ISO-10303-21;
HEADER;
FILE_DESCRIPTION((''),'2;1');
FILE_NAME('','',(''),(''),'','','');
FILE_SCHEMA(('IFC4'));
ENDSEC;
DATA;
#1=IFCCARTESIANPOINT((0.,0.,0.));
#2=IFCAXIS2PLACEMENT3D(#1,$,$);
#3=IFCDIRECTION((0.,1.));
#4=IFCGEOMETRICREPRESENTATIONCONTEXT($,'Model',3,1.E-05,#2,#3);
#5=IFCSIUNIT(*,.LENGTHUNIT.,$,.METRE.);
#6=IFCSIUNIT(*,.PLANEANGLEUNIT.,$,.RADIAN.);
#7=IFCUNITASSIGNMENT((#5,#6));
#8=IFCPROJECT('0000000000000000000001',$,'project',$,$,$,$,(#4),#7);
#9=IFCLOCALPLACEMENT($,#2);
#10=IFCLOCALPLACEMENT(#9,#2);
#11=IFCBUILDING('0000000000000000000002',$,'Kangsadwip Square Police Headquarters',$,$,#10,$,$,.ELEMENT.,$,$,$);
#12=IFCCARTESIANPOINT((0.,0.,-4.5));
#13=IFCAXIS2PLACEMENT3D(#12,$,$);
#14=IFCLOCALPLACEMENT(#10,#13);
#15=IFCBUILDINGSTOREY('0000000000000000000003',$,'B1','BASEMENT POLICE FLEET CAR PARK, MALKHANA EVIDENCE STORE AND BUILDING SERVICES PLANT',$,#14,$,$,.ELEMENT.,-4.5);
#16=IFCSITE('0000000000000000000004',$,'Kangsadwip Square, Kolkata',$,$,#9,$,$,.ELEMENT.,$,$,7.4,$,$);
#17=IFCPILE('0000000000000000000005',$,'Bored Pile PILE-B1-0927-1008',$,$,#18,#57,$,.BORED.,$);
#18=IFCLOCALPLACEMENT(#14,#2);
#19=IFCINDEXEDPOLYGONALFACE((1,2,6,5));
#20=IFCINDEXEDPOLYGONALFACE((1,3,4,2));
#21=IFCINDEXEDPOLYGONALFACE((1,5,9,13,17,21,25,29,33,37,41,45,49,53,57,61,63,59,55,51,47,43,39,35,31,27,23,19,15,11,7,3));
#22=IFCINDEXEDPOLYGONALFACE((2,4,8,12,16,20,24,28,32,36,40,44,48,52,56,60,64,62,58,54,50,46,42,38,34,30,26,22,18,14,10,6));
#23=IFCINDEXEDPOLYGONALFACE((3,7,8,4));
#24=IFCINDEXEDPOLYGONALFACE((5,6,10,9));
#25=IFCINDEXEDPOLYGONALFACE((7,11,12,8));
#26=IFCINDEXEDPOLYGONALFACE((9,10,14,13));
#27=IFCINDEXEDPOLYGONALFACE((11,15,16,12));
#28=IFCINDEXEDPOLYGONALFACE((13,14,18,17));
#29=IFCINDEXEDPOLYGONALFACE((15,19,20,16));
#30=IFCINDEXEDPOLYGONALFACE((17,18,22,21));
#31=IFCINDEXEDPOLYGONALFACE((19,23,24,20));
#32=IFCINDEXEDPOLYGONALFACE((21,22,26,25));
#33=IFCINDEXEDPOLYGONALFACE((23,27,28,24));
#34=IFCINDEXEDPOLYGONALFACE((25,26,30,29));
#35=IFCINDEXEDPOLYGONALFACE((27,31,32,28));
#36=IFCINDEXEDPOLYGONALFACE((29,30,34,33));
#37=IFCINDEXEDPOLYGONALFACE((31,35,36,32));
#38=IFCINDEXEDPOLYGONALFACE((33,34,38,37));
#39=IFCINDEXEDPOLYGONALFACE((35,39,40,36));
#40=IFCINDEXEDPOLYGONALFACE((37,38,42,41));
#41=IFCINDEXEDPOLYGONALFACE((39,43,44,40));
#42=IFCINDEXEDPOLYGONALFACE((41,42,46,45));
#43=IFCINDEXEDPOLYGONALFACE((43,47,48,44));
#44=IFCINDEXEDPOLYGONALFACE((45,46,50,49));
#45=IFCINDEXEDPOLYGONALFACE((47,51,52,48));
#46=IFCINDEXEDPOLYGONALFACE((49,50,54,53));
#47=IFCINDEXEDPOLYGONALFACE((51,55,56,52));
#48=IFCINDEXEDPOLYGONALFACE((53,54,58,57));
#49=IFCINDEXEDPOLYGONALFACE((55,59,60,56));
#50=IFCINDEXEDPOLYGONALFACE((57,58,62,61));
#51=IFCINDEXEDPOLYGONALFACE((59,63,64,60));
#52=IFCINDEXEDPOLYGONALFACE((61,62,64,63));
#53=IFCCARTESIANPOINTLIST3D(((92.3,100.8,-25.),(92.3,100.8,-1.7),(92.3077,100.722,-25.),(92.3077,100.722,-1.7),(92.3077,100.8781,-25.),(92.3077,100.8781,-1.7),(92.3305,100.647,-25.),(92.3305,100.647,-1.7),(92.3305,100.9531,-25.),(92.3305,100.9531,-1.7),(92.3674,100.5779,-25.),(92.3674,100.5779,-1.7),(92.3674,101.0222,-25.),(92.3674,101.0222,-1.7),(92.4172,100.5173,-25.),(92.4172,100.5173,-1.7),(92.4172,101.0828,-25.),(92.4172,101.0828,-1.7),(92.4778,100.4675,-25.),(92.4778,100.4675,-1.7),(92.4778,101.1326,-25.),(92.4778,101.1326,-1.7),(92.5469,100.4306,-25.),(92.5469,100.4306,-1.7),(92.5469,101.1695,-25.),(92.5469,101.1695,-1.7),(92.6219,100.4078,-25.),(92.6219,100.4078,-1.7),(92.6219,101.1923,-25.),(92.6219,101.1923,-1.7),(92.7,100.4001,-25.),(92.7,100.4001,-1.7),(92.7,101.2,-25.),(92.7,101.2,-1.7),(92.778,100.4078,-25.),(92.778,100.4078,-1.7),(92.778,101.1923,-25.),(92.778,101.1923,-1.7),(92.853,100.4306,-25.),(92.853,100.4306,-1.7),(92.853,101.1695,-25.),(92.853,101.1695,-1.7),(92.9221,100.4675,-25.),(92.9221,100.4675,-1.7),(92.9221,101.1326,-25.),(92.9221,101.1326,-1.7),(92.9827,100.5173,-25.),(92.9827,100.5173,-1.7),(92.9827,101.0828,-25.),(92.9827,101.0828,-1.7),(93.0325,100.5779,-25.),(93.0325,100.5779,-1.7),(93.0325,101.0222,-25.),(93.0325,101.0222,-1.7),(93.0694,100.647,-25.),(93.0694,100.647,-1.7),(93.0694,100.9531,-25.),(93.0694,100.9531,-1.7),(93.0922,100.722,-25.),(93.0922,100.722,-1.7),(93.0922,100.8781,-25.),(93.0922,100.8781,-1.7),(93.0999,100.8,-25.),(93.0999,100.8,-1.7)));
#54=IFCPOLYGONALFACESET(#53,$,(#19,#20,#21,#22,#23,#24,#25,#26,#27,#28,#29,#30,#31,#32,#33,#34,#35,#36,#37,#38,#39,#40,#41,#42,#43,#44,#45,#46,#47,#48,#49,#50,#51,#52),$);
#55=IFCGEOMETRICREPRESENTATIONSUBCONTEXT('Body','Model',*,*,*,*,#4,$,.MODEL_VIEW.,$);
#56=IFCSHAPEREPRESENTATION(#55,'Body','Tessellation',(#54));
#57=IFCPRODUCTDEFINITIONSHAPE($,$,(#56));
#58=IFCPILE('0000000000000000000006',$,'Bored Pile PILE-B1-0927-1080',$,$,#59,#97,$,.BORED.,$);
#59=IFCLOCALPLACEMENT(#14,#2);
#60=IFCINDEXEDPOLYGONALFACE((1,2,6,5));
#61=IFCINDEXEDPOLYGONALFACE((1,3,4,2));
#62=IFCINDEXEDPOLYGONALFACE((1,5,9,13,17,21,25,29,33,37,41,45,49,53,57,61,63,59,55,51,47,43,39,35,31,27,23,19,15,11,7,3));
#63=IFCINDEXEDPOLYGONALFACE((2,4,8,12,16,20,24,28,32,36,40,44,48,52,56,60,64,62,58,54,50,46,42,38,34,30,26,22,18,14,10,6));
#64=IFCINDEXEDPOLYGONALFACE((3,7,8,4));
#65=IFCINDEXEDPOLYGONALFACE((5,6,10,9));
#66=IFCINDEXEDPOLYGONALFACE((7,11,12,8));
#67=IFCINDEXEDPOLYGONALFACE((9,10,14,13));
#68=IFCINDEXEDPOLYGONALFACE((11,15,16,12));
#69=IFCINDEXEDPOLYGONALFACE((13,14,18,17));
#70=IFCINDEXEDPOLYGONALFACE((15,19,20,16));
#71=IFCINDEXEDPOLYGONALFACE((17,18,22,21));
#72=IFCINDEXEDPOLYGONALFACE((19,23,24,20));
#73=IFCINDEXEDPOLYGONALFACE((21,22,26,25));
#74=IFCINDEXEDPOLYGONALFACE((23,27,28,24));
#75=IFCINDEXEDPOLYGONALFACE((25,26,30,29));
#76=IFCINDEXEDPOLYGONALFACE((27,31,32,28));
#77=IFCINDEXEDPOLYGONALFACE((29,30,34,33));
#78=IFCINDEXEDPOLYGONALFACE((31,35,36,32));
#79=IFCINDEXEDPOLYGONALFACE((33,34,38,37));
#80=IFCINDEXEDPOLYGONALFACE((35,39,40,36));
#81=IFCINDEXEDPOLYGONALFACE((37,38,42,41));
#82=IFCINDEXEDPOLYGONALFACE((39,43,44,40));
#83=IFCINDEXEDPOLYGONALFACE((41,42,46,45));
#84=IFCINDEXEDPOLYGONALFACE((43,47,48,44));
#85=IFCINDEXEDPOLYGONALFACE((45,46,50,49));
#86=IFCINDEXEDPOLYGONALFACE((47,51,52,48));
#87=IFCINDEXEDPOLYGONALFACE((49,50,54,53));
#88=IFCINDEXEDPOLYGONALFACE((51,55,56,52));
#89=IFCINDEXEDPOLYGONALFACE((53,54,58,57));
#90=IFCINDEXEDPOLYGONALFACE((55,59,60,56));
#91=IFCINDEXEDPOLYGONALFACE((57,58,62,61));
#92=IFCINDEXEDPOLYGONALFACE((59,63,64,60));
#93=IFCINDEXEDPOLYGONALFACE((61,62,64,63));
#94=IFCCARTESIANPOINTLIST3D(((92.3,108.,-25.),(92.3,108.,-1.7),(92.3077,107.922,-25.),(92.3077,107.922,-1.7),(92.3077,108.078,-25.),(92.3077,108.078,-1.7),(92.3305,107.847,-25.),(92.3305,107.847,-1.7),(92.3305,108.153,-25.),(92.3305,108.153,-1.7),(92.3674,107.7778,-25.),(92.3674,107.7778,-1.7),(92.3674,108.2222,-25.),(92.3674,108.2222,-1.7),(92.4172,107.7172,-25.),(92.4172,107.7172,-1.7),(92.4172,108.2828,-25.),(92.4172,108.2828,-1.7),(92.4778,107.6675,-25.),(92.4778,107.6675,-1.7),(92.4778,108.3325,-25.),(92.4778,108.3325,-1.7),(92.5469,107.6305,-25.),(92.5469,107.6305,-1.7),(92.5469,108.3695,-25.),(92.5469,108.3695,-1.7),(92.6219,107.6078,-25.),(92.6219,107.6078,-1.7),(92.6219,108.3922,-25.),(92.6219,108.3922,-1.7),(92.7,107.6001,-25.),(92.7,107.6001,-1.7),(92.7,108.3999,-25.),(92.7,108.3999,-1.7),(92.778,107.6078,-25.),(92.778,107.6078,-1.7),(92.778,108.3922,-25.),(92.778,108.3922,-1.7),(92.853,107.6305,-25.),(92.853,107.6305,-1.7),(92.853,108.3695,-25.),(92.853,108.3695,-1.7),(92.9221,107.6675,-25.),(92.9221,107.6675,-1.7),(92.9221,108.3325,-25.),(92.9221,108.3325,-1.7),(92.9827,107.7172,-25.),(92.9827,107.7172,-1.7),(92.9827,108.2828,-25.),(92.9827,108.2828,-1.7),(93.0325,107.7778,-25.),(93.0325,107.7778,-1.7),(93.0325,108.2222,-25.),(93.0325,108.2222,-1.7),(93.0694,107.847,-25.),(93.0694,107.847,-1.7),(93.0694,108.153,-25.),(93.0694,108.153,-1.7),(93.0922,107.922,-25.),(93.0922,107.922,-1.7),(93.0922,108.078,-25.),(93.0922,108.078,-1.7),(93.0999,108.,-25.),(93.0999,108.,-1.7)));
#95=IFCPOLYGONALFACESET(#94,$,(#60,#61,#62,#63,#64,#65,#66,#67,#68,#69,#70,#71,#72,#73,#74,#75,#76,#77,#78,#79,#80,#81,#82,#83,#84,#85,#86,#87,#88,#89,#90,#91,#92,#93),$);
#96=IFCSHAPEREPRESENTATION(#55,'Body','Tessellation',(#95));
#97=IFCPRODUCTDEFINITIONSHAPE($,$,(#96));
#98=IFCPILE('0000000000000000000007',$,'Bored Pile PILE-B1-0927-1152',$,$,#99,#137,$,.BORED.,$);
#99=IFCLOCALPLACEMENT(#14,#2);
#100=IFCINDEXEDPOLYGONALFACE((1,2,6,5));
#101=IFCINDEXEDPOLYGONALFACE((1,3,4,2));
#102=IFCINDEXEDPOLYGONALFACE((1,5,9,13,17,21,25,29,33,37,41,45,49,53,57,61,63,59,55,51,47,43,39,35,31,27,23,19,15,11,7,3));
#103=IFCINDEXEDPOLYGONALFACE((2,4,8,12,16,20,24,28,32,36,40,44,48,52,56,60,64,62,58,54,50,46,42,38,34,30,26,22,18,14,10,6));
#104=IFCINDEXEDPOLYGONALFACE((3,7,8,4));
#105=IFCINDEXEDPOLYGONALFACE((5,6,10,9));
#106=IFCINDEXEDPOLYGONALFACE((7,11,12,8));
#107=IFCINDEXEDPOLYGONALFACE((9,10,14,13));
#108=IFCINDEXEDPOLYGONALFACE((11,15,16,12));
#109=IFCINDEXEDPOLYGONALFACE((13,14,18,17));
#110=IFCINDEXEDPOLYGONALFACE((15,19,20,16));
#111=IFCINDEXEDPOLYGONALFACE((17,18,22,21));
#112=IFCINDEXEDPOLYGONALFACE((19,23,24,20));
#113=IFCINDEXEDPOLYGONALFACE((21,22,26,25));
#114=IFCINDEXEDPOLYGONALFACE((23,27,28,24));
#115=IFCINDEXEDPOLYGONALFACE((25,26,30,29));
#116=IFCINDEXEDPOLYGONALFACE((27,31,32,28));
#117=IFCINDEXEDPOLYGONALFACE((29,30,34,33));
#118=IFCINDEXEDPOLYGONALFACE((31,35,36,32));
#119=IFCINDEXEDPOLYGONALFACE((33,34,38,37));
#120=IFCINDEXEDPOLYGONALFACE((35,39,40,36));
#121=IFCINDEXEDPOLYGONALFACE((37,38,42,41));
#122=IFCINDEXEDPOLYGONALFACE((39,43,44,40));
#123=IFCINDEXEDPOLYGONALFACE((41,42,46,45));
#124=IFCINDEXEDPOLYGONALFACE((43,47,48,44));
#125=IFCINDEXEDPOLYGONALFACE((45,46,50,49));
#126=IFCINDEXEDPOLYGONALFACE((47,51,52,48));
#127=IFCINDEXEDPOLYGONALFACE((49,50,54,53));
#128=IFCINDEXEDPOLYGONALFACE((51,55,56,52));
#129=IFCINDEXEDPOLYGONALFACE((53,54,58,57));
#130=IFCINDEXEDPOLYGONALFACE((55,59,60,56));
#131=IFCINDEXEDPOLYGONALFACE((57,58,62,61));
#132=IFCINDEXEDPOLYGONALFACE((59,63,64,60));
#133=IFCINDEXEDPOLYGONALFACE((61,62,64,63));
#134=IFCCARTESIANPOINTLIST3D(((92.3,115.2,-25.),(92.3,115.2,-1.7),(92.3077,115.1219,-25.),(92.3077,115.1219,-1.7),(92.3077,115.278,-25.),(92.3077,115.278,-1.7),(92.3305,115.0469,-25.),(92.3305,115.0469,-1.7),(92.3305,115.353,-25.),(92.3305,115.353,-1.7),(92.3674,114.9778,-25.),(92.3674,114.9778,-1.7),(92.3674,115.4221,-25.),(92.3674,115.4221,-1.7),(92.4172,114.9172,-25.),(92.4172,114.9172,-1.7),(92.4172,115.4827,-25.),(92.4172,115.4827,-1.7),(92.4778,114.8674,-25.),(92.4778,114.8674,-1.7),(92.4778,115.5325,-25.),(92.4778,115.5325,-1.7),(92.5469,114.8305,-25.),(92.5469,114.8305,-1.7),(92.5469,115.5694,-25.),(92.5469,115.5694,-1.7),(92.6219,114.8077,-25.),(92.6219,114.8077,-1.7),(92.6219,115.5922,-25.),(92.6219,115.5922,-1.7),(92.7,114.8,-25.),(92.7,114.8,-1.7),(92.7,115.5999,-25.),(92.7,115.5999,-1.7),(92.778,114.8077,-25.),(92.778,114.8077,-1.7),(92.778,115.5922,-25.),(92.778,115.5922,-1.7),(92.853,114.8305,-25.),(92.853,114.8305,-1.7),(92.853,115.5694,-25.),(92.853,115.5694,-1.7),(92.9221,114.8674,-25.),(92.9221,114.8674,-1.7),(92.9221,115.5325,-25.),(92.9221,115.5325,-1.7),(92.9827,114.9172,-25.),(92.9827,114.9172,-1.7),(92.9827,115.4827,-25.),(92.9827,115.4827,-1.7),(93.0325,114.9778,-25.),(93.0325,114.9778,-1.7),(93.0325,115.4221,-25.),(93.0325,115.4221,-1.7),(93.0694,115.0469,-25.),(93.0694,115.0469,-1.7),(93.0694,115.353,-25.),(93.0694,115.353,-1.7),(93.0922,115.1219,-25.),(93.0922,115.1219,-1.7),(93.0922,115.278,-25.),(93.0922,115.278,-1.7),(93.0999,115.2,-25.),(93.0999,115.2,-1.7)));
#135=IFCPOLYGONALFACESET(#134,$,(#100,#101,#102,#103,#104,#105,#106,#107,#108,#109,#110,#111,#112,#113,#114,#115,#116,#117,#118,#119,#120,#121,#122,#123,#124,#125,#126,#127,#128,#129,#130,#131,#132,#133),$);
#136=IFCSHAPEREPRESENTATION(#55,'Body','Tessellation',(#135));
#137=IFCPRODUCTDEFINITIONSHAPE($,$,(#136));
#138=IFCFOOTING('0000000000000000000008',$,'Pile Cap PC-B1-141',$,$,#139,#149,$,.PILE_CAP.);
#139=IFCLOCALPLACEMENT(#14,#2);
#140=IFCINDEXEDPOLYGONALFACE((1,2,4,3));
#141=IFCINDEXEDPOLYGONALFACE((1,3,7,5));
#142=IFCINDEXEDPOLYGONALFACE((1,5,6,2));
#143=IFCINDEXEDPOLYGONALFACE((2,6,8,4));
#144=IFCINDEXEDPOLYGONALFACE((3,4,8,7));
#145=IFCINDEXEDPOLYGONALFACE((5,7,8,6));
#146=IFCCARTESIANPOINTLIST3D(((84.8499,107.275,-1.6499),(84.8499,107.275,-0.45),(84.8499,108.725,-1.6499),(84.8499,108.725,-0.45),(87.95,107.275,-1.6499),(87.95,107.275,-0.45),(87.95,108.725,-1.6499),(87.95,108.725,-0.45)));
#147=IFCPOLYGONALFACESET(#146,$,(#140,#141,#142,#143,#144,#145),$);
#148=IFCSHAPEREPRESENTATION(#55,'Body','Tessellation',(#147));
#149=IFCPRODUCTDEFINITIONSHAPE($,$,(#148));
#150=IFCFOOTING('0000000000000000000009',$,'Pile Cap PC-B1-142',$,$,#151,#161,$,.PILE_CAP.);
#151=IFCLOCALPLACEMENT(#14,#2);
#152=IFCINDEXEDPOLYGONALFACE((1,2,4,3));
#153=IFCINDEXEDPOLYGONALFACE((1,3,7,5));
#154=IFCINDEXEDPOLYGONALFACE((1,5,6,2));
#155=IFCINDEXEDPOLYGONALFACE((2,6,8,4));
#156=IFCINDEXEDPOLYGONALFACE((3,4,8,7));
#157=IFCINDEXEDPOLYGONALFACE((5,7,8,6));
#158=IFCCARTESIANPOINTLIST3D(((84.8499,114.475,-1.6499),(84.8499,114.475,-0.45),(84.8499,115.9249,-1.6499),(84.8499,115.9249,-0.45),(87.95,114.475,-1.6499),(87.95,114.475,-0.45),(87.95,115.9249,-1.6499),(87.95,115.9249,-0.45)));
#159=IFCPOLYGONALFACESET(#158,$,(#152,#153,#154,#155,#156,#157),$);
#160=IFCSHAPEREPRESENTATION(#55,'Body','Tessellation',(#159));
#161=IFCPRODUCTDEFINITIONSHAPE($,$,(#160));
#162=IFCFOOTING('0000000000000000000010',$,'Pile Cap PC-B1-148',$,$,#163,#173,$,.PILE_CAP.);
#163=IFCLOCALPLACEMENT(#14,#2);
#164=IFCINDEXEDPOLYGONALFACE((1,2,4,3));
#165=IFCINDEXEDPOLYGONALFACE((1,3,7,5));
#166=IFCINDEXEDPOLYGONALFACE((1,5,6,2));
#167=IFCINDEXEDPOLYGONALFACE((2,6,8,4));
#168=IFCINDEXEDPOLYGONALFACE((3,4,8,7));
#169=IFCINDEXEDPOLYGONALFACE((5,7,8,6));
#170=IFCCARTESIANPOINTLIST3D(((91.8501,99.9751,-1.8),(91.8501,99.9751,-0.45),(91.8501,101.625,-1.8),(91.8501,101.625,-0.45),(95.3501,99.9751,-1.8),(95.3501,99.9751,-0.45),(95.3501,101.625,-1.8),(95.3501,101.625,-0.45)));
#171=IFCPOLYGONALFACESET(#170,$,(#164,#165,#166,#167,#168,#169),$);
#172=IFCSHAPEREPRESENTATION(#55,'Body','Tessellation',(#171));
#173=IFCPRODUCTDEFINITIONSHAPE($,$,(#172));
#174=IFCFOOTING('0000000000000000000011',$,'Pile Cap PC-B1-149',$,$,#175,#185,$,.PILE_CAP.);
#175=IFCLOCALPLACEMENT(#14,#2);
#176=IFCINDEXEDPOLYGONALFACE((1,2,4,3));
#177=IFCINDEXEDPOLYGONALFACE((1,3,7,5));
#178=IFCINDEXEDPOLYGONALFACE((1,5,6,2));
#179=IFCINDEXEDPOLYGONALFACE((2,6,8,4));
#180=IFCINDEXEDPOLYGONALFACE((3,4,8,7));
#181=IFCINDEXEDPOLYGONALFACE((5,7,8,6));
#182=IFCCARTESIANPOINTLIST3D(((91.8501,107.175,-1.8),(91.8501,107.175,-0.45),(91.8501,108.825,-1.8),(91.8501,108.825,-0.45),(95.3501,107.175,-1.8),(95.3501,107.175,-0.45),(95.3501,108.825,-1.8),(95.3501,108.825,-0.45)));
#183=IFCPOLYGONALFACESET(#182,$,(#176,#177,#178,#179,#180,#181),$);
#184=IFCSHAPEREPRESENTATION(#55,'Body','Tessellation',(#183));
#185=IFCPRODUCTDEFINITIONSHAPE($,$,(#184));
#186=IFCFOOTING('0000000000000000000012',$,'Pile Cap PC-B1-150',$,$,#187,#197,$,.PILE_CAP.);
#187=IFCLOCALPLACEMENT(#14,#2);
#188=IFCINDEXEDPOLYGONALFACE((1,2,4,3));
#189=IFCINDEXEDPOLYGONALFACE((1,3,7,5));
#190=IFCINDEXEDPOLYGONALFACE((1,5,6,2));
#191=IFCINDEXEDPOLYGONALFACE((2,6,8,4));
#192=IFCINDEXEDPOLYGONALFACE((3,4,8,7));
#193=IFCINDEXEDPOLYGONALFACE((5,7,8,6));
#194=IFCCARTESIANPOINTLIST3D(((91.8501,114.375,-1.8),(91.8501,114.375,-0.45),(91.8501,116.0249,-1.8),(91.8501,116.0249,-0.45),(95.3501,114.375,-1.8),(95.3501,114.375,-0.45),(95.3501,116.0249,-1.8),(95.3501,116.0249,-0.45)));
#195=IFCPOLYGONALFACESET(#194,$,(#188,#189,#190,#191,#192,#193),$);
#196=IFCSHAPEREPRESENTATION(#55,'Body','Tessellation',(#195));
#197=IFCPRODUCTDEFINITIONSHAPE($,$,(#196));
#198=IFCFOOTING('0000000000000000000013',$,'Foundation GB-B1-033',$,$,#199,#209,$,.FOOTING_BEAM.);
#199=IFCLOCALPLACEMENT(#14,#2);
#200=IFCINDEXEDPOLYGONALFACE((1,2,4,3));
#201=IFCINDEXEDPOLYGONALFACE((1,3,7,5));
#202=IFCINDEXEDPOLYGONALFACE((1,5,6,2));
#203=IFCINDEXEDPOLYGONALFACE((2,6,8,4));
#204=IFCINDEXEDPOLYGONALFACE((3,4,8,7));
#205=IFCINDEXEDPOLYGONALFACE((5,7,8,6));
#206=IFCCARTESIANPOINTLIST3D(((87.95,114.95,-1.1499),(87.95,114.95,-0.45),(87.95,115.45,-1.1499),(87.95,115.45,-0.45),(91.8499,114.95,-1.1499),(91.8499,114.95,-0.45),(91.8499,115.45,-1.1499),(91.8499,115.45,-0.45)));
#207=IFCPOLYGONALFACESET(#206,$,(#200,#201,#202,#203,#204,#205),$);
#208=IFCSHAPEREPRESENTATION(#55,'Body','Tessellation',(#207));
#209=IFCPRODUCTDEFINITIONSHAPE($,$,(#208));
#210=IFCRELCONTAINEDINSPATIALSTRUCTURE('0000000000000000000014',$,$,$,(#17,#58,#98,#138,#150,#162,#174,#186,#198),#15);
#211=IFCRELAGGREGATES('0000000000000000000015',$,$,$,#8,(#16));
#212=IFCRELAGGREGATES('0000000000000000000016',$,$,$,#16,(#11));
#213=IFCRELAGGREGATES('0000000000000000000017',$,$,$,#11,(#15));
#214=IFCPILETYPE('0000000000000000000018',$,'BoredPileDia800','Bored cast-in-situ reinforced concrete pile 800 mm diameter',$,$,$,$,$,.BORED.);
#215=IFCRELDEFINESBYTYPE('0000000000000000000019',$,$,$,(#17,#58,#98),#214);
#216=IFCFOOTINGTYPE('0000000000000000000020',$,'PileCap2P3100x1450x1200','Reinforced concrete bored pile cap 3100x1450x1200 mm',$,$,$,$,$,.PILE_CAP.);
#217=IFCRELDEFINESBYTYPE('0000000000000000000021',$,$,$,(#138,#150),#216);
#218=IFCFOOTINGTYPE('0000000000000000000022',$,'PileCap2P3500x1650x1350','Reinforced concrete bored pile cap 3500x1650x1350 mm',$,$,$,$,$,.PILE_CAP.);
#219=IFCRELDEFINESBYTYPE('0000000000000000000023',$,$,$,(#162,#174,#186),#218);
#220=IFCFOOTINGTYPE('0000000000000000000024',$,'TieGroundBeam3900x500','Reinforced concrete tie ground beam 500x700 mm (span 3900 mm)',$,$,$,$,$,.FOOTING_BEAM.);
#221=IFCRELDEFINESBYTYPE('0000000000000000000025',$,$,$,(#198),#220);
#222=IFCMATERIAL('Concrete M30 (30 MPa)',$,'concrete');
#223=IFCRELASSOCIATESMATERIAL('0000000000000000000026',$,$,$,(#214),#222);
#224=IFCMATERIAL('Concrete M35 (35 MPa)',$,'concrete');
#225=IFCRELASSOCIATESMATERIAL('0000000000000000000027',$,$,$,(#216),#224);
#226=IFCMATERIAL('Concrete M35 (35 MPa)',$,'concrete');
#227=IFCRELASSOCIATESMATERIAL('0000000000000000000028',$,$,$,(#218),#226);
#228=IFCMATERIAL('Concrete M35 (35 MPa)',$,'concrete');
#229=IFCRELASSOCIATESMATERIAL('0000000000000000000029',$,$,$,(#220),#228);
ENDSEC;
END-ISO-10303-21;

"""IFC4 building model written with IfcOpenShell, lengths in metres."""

from ifc_helpers import new_model, si_unit, direction, frame, origin, origin_2d, place, context, subcontext, project, spatial, rectangle, circle, extrude, material, material_profile, profile_set, type_object, element, save


model = new_model("IFC4")

# Units and contexts
model_context = context("Model", 3, precision=1e-05, world=origin(), true_north=direction((0.0, 1.0)))
body_context = subcontext(model_context, "Body", "Model", "MODEL_VIEW")
ifc_project = project(units=[si_unit("LENGTHUNIT", "METRE"), si_unit("PLANEANGLEUNIT", "RADIAN")], contexts=[model_context])

# Site, building, storey
site_placement = place(None, origin())
site = spatial("IfcSite", under=ifc_project, at=site_placement, Name="Kangsadwip Square, Kolkata", CompositionType="ELEMENT", RefElevation=7.4)
building_placement = place(site_placement, origin())
building = spatial("IfcBuilding", under=site, at=building_placement, Name="Kangsadwip Square Police Headquarters", CompositionType="ELEMENT")
storey_placement = place(building_placement, frame((0.0, 0.0, -4.5)))
storey = spatial("IfcBuildingStorey", under=building, at=storey_placement, Name="B1", Description="BASEMENT POLICE FLEET CAR PARK, MALKHANA EVIDENCE STORE AND BUILDING SERVICES PLANT", CompositionType="ELEMENT", Elevation=-4.5)

# Piles
ifc_material_1 = material(Name="Concrete M30 (30 MPa)", Category="concrete")
ifc_material_profile_1 = material_profile(ifc_material_1, circle(Radius=0.3999, at=origin_2d()), Name="PILE DIA 800")
ifc_profile_set_1 = profile_set([ifc_material_profile_1], Name="Concrete M30 (30 MPa)")
pile_type_1 = type_object("IfcPileType", Name="BoredPileDia800", Description="Bored cast-in-situ reinforced concrete pile 800 mm diameter", PredefinedType="BORED", material=ifc_profile_set_1)
for number, where, z_axis, x_axis, name in (
    (1, (92.7, 100.8, -1.7), (0.0, 0.0, -1.0), (1.0, 0.0, 0.0), "Bored Pile PILE-B1-0927-1008"),
    (2, (92.7, 108.0, -1.7), (0.0, 0.0, -1.0), (1.0, 0.0, 0.0), "Bored Pile PILE-B1-0927-1080"),
    (3, (92.7, 115.2, -1.7), (0.0, 0.0, -1.0), (1.0, 0.0, 0.0), "Bored Pile PILE-B1-0927-1152"),
):
    element("IfcPile", number, at=place(storey_placement, frame(where, z_axis=z_axis, x_axis=x_axis)), inside=storey, type_object=pile_type_1, Name=name, PredefinedType="BORED", context=body_context, shape_type="SweptSolid", body=[
        extrude(circle(Radius=0.3999, at=origin_2d()), origin(), (0.0, 0.0, 1.0), 23.3),
    ])

# Footings
ifc_material_2 = material(Name="Concrete M35 (35 MPa)", Category="concrete")
footing_type_1 = type_object("IfcFootingType", Name="PileCap2P3100x1450x1200", Description="Reinforced concrete bored pile cap 3100x1450x1200 mm", PredefinedType="PILE_CAP", material=ifc_material_2)
for number, where, z_axis, x_axis, name in (
    (4, (86.3999, 108.0, -1.6499), (0.0, 0.0, 1.0), (1.0, 0.0, 0.0), "Pile Cap PC-B1-141"),
    (5, (86.3999, 115.2, -1.6499), (0.0, 0.0, 1.0), (1.0, 0.0, 0.0), "Pile Cap PC-B1-142"),
):
    element("IfcFooting", number, at=place(storey_placement, frame(where, z_axis=z_axis, x_axis=x_axis)), inside=storey, type_object=footing_type_1, Name=name, PredefinedType="PILE_CAP", context=body_context, shape_type="SweptSolid", body=[
        extrude(rectangle(XDim=3.1001, YDim=1.45, at=origin_2d()), origin(), (0.0, 0.0, 1.0), 1.2),
    ])
ifc_material_3 = material(Name="Concrete M35 (35 MPa)", Category="concrete")
footing_type_2 = type_object("IfcFootingType", Name="PileCap2P3500x1650x1350", Description="Reinforced concrete bored pile cap 3500x1650x1350 mm", PredefinedType="PILE_CAP", material=ifc_material_3)
for number, where, z_axis, x_axis, name in (
    (6, (93.6001, 100.8, -1.8), (0.0, 0.0, 1.0), (1.0, 0.0, 0.0), "Pile Cap PC-B1-148"),
    (7, (93.6001, 108.0, -1.8), (0.0, 0.0, 1.0), (1.0, 0.0, 0.0), "Pile Cap PC-B1-149"),
    (8, (93.6001, 115.2, -1.8), (0.0, 0.0, 1.0), (1.0, 0.0, 0.0), "Pile Cap PC-B1-150"),
):
    element("IfcFooting", number, at=place(storey_placement, frame(where, z_axis=z_axis, x_axis=x_axis)), inside=storey, type_object=footing_type_2, Name=name, PredefinedType="PILE_CAP", context=body_context, shape_type="SweptSolid", body=[
        extrude(rectangle(XDim=3.5, YDim=1.6499, at=origin_2d()), origin(), (0.0, 0.0, 1.0), 1.3501),
    ])
ifc_material_4 = material(Name="Concrete M35 (35 MPa)", Category="concrete")
footing_type_3 = type_object("IfcFootingType", Name="TieGroundBeam3900x500", Description="Reinforced concrete tie ground beam 500x700 mm (span 3900 mm)", PredefinedType="FOOTING_BEAM", material=ifc_material_4)
footing_1_placement = place(storey_placement, frame((89.8999, 115.2, -1.1499), z_axis=(0.0, 0.0, 1.0), x_axis=(1.0, 0.0, 0.0)))
element("IfcFooting", 9, at=footing_1_placement, inside=storey, type_object=footing_type_3, Name="Foundation GB-B1-033", PredefinedType="FOOTING_BEAM", context=body_context, shape_type="SweptSolid", body=[
    extrude(rectangle(XDim=3.8999, YDim=0.5, at=origin_2d()), origin(), (0.0, 0.0, 1.0), 0.7),
])

save(model, "model.ifc")
